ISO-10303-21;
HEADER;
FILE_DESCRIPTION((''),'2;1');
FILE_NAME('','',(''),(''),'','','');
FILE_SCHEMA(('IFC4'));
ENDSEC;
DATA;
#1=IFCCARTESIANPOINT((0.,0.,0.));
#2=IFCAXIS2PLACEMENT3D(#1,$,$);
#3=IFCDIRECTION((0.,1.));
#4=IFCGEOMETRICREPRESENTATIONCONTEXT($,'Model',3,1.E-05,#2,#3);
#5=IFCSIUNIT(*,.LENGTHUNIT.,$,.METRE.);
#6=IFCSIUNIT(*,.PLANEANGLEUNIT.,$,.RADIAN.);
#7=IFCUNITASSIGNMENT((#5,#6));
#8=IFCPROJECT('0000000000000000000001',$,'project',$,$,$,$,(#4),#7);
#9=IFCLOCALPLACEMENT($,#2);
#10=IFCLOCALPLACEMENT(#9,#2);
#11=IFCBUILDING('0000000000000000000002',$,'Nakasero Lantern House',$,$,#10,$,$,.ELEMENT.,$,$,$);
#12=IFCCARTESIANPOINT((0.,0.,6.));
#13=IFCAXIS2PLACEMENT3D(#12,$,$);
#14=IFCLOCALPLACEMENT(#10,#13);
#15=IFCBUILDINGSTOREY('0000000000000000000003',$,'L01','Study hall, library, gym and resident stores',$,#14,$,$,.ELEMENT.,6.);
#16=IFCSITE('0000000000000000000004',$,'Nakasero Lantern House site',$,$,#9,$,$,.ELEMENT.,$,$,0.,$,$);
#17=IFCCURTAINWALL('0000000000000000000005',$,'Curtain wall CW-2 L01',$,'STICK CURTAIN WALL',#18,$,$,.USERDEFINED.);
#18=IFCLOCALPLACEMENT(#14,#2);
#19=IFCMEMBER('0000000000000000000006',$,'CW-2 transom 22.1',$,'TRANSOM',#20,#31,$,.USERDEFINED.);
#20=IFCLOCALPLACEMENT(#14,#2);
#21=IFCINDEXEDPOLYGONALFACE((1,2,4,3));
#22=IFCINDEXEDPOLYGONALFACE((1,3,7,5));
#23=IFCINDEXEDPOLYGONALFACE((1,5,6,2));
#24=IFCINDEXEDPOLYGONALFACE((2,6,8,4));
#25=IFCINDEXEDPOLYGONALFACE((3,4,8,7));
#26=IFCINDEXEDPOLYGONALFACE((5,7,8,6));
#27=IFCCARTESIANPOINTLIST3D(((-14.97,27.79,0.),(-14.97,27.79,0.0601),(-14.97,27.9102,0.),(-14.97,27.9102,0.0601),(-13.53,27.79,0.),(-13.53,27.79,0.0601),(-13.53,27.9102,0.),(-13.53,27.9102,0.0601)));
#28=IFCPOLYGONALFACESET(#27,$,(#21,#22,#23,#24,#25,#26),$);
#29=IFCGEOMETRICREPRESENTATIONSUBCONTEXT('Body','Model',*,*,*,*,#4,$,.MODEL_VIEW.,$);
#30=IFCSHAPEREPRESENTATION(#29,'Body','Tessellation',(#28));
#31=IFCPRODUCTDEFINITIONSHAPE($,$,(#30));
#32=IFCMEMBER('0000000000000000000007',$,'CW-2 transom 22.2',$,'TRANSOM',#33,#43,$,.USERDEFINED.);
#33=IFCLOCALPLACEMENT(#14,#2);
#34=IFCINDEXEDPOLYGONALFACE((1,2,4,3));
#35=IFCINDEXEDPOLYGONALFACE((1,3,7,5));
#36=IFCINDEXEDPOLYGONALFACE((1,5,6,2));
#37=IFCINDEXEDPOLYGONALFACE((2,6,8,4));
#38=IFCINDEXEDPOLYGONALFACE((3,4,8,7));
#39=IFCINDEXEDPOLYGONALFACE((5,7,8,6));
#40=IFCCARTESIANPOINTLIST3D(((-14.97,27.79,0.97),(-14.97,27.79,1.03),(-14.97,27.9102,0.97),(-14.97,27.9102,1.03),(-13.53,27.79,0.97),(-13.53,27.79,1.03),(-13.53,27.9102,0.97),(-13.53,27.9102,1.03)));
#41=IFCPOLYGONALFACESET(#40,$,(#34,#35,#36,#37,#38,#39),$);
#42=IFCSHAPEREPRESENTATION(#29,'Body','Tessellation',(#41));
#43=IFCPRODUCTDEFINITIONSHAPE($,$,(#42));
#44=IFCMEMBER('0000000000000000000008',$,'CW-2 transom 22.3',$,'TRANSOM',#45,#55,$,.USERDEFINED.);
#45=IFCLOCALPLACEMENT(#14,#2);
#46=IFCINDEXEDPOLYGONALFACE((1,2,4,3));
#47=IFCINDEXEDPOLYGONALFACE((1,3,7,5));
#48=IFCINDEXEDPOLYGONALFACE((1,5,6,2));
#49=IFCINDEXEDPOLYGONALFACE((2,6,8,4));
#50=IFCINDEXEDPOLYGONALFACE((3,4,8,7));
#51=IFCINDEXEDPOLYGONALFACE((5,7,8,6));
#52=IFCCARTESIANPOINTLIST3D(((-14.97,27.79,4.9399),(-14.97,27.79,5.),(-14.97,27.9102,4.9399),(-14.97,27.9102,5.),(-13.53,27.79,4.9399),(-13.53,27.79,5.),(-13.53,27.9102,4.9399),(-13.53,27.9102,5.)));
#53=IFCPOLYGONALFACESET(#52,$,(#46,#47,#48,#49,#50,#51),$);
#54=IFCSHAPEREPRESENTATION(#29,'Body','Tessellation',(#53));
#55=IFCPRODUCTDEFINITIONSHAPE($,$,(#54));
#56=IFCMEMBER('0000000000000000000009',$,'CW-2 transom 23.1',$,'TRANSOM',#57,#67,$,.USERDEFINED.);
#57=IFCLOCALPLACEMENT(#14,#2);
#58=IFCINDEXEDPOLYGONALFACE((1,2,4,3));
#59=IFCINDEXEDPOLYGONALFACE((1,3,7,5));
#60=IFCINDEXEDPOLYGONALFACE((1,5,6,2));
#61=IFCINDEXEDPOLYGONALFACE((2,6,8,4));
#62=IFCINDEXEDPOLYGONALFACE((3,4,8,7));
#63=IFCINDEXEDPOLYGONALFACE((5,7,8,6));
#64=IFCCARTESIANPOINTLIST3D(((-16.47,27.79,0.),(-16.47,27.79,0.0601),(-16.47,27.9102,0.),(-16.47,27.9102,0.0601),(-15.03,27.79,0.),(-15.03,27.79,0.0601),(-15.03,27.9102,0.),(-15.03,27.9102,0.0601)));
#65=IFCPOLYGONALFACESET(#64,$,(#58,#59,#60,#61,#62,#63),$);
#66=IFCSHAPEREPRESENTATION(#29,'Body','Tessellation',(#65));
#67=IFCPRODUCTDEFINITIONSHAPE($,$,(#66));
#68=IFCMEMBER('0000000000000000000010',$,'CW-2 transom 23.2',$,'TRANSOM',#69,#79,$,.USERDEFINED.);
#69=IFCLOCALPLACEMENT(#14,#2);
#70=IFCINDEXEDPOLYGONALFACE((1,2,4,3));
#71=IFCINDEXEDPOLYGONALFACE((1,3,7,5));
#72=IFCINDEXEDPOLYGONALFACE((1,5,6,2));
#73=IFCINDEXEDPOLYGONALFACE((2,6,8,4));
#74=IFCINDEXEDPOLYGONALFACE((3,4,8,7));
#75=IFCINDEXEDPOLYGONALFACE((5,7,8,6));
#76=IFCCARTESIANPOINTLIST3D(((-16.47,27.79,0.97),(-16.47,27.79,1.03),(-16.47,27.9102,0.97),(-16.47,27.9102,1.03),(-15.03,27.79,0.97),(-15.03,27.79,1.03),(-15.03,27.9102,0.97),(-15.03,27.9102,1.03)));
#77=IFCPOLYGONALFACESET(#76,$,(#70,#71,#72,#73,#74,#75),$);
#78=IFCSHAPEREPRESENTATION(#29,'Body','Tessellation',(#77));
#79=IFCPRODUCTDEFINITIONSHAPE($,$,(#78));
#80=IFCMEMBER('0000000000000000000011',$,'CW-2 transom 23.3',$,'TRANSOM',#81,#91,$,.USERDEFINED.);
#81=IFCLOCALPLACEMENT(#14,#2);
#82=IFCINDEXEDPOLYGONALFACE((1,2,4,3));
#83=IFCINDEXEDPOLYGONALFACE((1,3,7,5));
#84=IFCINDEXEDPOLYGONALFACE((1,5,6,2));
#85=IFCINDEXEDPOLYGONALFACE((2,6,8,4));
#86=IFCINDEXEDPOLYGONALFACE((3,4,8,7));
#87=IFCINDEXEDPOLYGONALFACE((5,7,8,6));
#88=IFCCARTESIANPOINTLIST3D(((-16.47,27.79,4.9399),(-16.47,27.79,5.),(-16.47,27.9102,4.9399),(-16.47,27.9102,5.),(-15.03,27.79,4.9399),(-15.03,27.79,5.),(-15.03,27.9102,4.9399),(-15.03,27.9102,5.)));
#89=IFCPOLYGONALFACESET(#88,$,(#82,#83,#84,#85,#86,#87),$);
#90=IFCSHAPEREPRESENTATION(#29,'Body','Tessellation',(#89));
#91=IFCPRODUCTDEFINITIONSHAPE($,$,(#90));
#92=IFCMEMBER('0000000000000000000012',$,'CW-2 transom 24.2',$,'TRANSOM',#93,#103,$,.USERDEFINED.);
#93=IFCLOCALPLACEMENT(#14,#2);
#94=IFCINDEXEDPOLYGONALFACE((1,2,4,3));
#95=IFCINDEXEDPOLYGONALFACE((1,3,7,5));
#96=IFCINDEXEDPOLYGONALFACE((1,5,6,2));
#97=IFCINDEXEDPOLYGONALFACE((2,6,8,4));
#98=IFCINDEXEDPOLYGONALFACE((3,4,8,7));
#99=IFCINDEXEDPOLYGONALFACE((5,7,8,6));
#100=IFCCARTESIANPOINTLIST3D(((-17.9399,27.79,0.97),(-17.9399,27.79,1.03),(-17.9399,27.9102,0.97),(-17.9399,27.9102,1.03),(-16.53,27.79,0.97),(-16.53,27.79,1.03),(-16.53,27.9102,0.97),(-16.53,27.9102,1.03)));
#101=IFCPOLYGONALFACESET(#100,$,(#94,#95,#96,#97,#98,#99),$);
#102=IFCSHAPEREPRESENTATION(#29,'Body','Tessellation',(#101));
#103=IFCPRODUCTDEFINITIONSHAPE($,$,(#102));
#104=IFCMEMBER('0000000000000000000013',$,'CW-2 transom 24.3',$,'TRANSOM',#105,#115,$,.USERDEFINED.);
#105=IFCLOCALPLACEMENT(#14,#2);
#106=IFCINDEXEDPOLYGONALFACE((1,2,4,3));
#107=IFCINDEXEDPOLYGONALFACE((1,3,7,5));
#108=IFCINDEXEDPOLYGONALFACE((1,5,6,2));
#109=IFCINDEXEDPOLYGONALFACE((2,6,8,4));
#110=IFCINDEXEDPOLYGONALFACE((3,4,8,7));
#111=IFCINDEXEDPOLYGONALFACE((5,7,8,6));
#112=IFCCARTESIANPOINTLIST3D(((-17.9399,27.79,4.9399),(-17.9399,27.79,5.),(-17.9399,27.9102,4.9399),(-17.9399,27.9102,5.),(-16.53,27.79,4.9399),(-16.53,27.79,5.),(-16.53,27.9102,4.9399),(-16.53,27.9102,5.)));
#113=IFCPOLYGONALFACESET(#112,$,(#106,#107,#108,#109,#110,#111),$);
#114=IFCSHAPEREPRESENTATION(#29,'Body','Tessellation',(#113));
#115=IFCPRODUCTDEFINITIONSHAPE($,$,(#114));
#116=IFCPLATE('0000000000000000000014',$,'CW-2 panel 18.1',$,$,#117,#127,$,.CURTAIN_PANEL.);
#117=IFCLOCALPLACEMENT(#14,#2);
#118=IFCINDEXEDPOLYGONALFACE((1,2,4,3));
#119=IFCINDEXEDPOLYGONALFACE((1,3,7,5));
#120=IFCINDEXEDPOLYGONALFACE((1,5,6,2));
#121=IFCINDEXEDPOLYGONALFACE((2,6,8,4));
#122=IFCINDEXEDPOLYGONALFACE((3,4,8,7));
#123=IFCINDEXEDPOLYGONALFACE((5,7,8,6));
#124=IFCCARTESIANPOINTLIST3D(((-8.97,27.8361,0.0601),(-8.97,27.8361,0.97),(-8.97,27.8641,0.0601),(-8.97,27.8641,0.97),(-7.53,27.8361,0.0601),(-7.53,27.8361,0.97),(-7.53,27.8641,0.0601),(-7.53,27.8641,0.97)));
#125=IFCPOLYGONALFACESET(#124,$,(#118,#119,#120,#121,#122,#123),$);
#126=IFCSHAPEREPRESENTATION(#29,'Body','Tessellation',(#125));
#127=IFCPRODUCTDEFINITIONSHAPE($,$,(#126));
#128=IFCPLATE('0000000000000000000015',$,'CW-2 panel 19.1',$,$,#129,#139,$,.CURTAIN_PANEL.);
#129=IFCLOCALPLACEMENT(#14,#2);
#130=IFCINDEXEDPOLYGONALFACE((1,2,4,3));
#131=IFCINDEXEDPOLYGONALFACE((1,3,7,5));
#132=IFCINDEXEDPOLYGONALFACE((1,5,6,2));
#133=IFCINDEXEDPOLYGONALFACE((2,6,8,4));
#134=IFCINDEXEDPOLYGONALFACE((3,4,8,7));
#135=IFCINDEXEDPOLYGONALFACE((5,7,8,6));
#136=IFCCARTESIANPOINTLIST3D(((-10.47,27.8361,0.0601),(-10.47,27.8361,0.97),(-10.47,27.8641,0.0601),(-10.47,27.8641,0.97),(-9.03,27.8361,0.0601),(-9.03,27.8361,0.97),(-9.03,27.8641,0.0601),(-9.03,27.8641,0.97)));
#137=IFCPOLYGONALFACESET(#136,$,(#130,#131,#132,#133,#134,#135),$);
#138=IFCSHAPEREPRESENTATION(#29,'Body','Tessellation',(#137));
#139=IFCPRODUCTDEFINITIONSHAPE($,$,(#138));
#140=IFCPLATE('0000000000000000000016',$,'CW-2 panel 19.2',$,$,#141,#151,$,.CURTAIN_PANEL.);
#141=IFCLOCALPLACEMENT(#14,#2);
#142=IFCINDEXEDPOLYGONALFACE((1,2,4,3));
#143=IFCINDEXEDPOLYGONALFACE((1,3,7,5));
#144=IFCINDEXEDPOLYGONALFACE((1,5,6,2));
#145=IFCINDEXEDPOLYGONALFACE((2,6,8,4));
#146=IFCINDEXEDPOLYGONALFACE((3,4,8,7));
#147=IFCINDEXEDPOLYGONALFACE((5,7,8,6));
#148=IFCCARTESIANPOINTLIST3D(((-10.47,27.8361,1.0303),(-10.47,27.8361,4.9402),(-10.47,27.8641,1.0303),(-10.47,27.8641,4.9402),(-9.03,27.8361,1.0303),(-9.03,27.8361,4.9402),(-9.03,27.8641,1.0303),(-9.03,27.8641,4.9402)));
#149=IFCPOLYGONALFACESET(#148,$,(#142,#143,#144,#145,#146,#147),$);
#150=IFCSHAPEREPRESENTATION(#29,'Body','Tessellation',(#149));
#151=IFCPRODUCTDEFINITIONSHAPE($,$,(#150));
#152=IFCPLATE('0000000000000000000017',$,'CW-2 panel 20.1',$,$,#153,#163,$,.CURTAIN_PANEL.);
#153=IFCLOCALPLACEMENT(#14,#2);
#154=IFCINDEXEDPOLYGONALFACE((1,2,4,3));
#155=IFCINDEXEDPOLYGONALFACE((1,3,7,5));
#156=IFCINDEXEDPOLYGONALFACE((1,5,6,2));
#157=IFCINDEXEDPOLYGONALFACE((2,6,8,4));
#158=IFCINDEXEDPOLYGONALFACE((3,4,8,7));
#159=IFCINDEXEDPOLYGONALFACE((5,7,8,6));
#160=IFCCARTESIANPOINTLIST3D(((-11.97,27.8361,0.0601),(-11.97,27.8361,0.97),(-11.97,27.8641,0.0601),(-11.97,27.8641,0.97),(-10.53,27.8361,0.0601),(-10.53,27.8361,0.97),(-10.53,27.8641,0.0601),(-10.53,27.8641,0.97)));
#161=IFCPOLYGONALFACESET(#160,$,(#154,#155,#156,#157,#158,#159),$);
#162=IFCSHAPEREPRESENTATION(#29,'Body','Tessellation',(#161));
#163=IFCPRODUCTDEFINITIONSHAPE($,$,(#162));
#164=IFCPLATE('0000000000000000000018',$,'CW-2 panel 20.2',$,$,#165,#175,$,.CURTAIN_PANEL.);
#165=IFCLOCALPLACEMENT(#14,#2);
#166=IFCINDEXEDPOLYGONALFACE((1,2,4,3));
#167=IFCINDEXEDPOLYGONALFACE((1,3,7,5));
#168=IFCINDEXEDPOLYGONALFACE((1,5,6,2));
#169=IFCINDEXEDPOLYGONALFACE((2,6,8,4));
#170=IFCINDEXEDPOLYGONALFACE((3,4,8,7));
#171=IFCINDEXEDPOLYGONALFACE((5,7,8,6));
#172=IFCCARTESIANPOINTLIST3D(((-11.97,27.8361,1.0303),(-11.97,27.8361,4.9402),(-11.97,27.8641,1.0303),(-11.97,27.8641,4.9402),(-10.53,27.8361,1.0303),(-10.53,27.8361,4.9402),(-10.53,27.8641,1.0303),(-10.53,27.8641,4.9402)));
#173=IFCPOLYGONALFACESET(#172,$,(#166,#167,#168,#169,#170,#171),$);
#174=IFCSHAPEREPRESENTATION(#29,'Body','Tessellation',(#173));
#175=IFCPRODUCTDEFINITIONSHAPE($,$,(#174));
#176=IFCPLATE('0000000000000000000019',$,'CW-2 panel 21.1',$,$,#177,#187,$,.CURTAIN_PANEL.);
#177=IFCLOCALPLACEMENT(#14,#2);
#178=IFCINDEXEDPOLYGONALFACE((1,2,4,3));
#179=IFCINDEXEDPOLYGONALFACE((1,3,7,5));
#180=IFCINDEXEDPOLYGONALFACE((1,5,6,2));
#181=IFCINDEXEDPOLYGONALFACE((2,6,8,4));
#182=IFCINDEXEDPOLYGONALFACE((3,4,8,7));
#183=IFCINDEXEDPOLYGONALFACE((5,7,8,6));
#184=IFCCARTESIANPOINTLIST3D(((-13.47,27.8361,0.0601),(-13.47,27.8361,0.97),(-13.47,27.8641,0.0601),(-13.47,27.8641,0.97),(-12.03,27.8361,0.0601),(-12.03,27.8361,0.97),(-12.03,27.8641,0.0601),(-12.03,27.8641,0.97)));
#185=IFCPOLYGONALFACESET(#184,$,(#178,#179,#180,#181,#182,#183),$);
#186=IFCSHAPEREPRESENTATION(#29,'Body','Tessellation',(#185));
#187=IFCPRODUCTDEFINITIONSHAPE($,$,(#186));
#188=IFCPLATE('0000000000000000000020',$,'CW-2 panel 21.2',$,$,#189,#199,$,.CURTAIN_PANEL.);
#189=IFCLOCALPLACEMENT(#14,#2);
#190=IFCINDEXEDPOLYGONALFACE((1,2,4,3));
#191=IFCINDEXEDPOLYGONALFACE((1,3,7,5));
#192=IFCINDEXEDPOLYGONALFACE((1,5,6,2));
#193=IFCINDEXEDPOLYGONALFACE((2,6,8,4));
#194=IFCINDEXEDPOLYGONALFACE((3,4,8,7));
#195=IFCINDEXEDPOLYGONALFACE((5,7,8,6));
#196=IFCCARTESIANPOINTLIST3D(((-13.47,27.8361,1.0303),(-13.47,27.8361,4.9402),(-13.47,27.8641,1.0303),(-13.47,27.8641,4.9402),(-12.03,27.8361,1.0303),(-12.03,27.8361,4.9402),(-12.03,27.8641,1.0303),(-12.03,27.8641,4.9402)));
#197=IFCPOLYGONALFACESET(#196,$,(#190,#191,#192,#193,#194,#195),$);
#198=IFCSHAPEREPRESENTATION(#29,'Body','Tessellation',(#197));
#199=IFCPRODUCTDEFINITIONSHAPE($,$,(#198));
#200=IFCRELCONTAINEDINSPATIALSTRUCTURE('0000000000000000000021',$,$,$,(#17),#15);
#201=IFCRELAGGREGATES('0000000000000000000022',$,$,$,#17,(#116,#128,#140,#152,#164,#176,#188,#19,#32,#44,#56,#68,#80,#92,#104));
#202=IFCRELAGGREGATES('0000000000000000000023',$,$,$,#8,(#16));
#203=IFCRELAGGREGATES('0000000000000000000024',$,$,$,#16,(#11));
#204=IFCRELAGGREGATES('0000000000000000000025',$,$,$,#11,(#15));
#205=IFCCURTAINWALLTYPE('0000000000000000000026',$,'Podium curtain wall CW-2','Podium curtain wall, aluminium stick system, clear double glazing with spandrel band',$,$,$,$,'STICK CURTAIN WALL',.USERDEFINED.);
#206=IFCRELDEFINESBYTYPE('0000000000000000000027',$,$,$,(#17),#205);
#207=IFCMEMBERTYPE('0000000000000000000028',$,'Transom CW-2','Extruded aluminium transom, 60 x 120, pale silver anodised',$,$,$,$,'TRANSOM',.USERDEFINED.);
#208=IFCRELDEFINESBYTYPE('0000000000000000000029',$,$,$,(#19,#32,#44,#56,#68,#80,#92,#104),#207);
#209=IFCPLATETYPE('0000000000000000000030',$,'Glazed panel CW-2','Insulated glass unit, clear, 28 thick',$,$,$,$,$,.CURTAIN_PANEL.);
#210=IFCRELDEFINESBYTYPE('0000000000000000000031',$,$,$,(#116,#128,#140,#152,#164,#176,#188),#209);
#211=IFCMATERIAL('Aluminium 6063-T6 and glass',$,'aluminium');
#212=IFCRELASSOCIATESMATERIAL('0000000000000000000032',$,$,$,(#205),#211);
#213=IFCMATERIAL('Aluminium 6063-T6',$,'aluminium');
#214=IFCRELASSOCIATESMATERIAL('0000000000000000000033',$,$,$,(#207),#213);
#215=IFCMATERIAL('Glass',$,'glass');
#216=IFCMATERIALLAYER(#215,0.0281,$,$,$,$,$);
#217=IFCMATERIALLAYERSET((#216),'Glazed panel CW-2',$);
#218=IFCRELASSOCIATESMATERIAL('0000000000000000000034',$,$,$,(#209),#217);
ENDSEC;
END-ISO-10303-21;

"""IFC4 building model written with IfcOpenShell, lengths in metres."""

from ifc_helpers import new_model, si_unit, direction, frame, origin, origin_2d, place, context, subcontext, project, spatial, rectangle, extrude, material, layer, layer_set, material_profile, profile_set, type_object, element, aggregate, save


model = new_model("IFC4")

# Units and contexts
model_context = context("Model", 3, precision=1e-05, world=origin(), true_north=direction((0.0, 1.0)))
body_context = subcontext(model_context, "Body", "Model", "MODEL_VIEW")
ifc_project = project(units=[si_unit("LENGTHUNIT", "METRE"), si_unit("PLANEANGLEUNIT", "RADIAN")], contexts=[model_context])

# Site, building, storey
site_placement = place(None, origin())
site = spatial("IfcSite", under=ifc_project, at=site_placement, Name="Nakasero Lantern House site", CompositionType="ELEMENT", RefElevation=0.0)
building_placement = place(site_placement, origin())
building = spatial("IfcBuilding", under=site, at=building_placement, Name="Nakasero Lantern House", CompositionType="ELEMENT")
storey_placement = place(building_placement, frame((0.0, 0.0, 6.0)))
storey = spatial("IfcBuildingStorey", under=building, at=storey_placement, Name="L01", Description="Study hall, library, gym and resident stores", CompositionType="ELEMENT", Elevation=6.0)

# Curtain wall, members, plates
ifc_material_1 = material(Name="Aluminium 6063-T6 and glass", Category="aluminium")
curtain_wall_type = type_object("IfcCurtainWallType", Name="Podium curtain wall CW-2", Description="Podium curtain wall, aluminium stick system, clear double glazing with spandrel band", ElementType="STICK CURTAIN WALL", PredefinedType="USERDEFINED", material=ifc_material_1)
curtain_wall_placement = place(storey_placement, origin())
curtain_wall = element("IfcCurtainWall", 1, at=curtain_wall_placement, inside=storey, type_object=curtain_wall_type, Name="Curtain wall CW-2 L01", ObjectType="STICK CURTAIN WALL", PredefinedType="USERDEFINED")
ifc_material_2 = material(Name="Aluminium 6063-T6", Category="aluminium")
ifc_material_profile_1 = material_profile(ifc_material_2, rectangle(XDim=0.0601, YDim=0.1201, at=origin_2d()), Name="CW-2 transom 60x120")
ifc_profile_set_1 = profile_set([ifc_material_profile_1], Name="Aluminium 6063-T6")
member_type_1 = type_object("IfcMemberType", Name="Transom CW-2", Description="Extruded aluminium transom, 60 x 120, pale silver anodised", ElementType="TRANSOM", PredefinedType="USERDEFINED", material=ifc_profile_set_1)
member_1_placement = place(storey_placement, frame((-13.53, 27.8501, 0.03), z_axis=(-1.0, 0.0, 0.0), x_axis=(0.0, 0.0, 1.0)))
member_1 = element("IfcMember", 2, at=member_1_placement, type_object=member_type_1, Name="CW-2 transom 22.1", ObjectType="TRANSOM", PredefinedType="USERDEFINED", context=body_context, shape_type="SweptSolid", body=[
    extrude(rectangle(XDim=0.0601, YDim=0.1201, at=origin_2d()), origin(), (0.0, 0.0, 1.0), 1.4399),
])
member_2_placement = place(storey_placement, frame((-13.53, 27.8501, 1.0), z_axis=(-1.0, 0.0, 0.0), x_axis=(0.0, 0.0, 1.0)))
member_2 = element("IfcMember", 3, at=member_2_placement, type_object=member_type_1, Name="CW-2 transom 22.2", ObjectType="TRANSOM", PredefinedType="USERDEFINED", context=body_context, shape_type="SweptSolid", body=[
    extrude(rectangle(XDim=0.0601, YDim=0.1201, at=origin_2d()), origin(), (0.0, 0.0, 1.0), 1.4399),
])
member_3_placement = place(storey_placement, frame((-13.53, 27.8501, 4.97), z_axis=(-1.0, 0.0, 0.0), x_axis=(0.0, 0.0, 1.0)))
member_3 = element("IfcMember", 4, at=member_3_placement, type_object=member_type_1, Name="CW-2 transom 22.3", ObjectType="TRANSOM", PredefinedType="USERDEFINED", context=body_context, shape_type="SweptSolid", body=[
    extrude(rectangle(XDim=0.0601, YDim=0.1201, at=origin_2d()), origin(), (0.0, 0.0, 1.0), 1.4399),
])
member_4_placement = place(storey_placement, frame((-15.03, 27.8501, 0.03), z_axis=(-1.0, 0.0, 0.0), x_axis=(0.0, 0.0, 1.0)))
member_4 = element("IfcMember", 5, at=member_4_placement, type_object=member_type_1, Name="CW-2 transom 23.1", ObjectType="TRANSOM", PredefinedType="USERDEFINED", context=body_context, shape_type="SweptSolid", body=[
    extrude(rectangle(XDim=0.0601, YDim=0.1201, at=origin_2d()), origin(), (0.0, 0.0, 1.0), 1.4399),
])
member_5_placement = place(storey_placement, frame((-15.03, 27.8501, 1.0), z_axis=(-1.0, 0.0, 0.0), x_axis=(0.0, 0.0, 1.0)))
member_5 = element("IfcMember", 6, at=member_5_placement, type_object=member_type_1, Name="CW-2 transom 23.2", ObjectType="TRANSOM", PredefinedType="USERDEFINED", context=body_context, shape_type="SweptSolid", body=[
    extrude(rectangle(XDim=0.0601, YDim=0.1201, at=origin_2d()), origin(), (0.0, 0.0, 1.0), 1.4399),
])
member_6_placement = place(storey_placement, frame((-15.03, 27.8501, 4.97), z_axis=(-1.0, 0.0, 0.0), x_axis=(0.0, 0.0, 1.0)))
member_6 = element("IfcMember", 7, at=member_6_placement, type_object=member_type_1, Name="CW-2 transom 23.3", ObjectType="TRANSOM", PredefinedType="USERDEFINED", context=body_context, shape_type="SweptSolid", body=[
    extrude(rectangle(XDim=0.0601, YDim=0.1201, at=origin_2d()), origin(), (0.0, 0.0, 1.0), 1.4399),
])
member_7_placement = place(storey_placement, frame((-16.53, 27.8501, 1.0), z_axis=(-1.0, 0.0, 0.0), x_axis=(0.0, 0.0, 1.0)))
member_7 = element("IfcMember", 8, at=member_7_placement, type_object=member_type_1, Name="CW-2 transom 24.2", ObjectType="TRANSOM", PredefinedType="USERDEFINED", context=body_context, shape_type="SweptSolid", body=[
    extrude(rectangle(XDim=0.0601, YDim=0.1201, at=origin_2d()), origin(), (0.0, 0.0, 1.0), 1.4099),
])
member_8_placement = place(storey_placement, frame((-16.53, 27.8501, 4.97), z_axis=(-1.0, 0.0, 0.0), x_axis=(0.0, 0.0, 1.0)))
member_8 = element("IfcMember", 9, at=member_8_placement, type_object=member_type_1, Name="CW-2 transom 24.3", ObjectType="TRANSOM", PredefinedType="USERDEFINED", context=body_context, shape_type="SweptSolid", body=[
    extrude(rectangle(XDim=0.0601, YDim=0.1201, at=origin_2d()), origin(), (0.0, 0.0, 1.0), 1.4099),
])
ifc_material_3 = material(Name="Glass", Category="glass")
ifc_layer = layer(ifc_material_3, 0.0281)
ifc_layer_set = layer_set([ifc_layer], Name="Glazed panel CW-2")
plate_type = type_object("IfcPlateType", Name="Glazed panel CW-2", Description="Insulated glass unit, clear, 28 thick", PredefinedType="CURTAIN_PANEL", material=ifc_layer_set)
plate_1_placement = place(storey_placement, frame((-8.25, 27.8501, 0.0601), z_axis=(0.0, 0.0, 1.0), x_axis=(-1.0, 0.0, 0.0)))
plate_1 = element("IfcPlate", 10, at=plate_1_placement, type_object=plate_type, Name="CW-2 panel 18.1", PredefinedType="CURTAIN_PANEL", context=body_context, shape_type="SweptSolid", body=[
    extrude(rectangle(XDim=1.4399, YDim=0.0281, at=origin_2d()), origin(), (0.0, 0.0, 1.0), 0.9099),
])
plate_2_placement = place(storey_placement, frame((-9.75, 27.8501, 0.0601), z_axis=(0.0, 0.0, 1.0), x_axis=(-1.0, 0.0, 0.0)))
plate_2 = element("IfcPlate", 11, at=plate_2_placement, type_object=plate_type, Name="CW-2 panel 19.1", PredefinedType="CURTAIN_PANEL", context=body_context, shape_type="SweptSolid", body=[
    extrude(rectangle(XDim=1.4399, YDim=0.0281, at=origin_2d()), origin(), (0.0, 0.0, 1.0), 0.9099),
])
plate_3_placement = place(storey_placement, frame((-9.75, 27.8501, 1.0303), z_axis=(0.0, 0.0, 1.0), x_axis=(-1.0, 0.0, 0.0)))
plate_3 = element("IfcPlate", 12, at=plate_3_placement, type_object=plate_type, Name="CW-2 panel 19.2", PredefinedType="CURTAIN_PANEL", context=body_context, shape_type="SweptSolid", body=[
    extrude(rectangle(XDim=1.4399, YDim=0.0281, at=origin_2d()), origin(), (0.0, 0.0, 1.0), 3.9099),
])
plate_4_placement = place(storey_placement, frame((-11.25, 27.8501, 0.0601), z_axis=(0.0, 0.0, 1.0), x_axis=(-1.0, 0.0, 0.0)))
plate_4 = element("IfcPlate", 13, at=plate_4_placement, type_object=plate_type, Name="CW-2 panel 20.1", PredefinedType="CURTAIN_PANEL", context=body_context, shape_type="SweptSolid", body=[
    extrude(rectangle(XDim=1.4399, YDim=0.0281, at=origin_2d()), origin(), (0.0, 0.0, 1.0), 0.9099),
])
plate_5_placement = place(storey_placement, frame((-11.25, 27.8501, 1.0303), z_axis=(0.0, 0.0, 1.0), x_axis=(-1.0, 0.0, 0.0)))
plate_5 = element("IfcPlate", 14, at=plate_5_placement, type_object=plate_type, Name="CW-2 panel 20.2", PredefinedType="CURTAIN_PANEL", context=body_context, shape_type="SweptSolid", body=[
    extrude(rectangle(XDim=1.4399, YDim=0.0281, at=origin_2d()), origin(), (0.0, 0.0, 1.0), 3.9099),
])
plate_6_placement = place(storey_placement, frame((-12.75, 27.8501, 0.0601), z_axis=(0.0, 0.0, 1.0), x_axis=(-1.0, 0.0, 0.0)))
plate_6 = element("IfcPlate", 15, at=plate_6_placement, type_object=plate_type, Name="CW-2 panel 21.1", PredefinedType="CURTAIN_PANEL", context=body_context, shape_type="SweptSolid", body=[
    extrude(rectangle(XDim=1.4399, YDim=0.0281, at=origin_2d()), origin(), (0.0, 0.0, 1.0), 0.9099),
])
plate_7_placement = place(storey_placement, frame((-12.75, 27.8501, 1.0303), z_axis=(0.0, 0.0, 1.0), x_axis=(-1.0, 0.0, 0.0)))
plate_7 = element("IfcPlate", 16, at=plate_7_placement, type_object=plate_type, Name="CW-2 panel 21.2", PredefinedType="CURTAIN_PANEL", context=body_context, shape_type="SweptSolid", body=[
    extrude(rectangle(XDim=1.4399, YDim=0.0281, at=origin_2d()), origin(), (0.0, 0.0, 1.0), 3.9099),
])
aggregate(curtain_wall, [plate_1, plate_2, plate_3, plate_4, plate_5, plate_6, plate_7, member_1, member_2, member_3, member_4, member_5, member_6, member_7, member_8])

save(model, "model.ifc")
